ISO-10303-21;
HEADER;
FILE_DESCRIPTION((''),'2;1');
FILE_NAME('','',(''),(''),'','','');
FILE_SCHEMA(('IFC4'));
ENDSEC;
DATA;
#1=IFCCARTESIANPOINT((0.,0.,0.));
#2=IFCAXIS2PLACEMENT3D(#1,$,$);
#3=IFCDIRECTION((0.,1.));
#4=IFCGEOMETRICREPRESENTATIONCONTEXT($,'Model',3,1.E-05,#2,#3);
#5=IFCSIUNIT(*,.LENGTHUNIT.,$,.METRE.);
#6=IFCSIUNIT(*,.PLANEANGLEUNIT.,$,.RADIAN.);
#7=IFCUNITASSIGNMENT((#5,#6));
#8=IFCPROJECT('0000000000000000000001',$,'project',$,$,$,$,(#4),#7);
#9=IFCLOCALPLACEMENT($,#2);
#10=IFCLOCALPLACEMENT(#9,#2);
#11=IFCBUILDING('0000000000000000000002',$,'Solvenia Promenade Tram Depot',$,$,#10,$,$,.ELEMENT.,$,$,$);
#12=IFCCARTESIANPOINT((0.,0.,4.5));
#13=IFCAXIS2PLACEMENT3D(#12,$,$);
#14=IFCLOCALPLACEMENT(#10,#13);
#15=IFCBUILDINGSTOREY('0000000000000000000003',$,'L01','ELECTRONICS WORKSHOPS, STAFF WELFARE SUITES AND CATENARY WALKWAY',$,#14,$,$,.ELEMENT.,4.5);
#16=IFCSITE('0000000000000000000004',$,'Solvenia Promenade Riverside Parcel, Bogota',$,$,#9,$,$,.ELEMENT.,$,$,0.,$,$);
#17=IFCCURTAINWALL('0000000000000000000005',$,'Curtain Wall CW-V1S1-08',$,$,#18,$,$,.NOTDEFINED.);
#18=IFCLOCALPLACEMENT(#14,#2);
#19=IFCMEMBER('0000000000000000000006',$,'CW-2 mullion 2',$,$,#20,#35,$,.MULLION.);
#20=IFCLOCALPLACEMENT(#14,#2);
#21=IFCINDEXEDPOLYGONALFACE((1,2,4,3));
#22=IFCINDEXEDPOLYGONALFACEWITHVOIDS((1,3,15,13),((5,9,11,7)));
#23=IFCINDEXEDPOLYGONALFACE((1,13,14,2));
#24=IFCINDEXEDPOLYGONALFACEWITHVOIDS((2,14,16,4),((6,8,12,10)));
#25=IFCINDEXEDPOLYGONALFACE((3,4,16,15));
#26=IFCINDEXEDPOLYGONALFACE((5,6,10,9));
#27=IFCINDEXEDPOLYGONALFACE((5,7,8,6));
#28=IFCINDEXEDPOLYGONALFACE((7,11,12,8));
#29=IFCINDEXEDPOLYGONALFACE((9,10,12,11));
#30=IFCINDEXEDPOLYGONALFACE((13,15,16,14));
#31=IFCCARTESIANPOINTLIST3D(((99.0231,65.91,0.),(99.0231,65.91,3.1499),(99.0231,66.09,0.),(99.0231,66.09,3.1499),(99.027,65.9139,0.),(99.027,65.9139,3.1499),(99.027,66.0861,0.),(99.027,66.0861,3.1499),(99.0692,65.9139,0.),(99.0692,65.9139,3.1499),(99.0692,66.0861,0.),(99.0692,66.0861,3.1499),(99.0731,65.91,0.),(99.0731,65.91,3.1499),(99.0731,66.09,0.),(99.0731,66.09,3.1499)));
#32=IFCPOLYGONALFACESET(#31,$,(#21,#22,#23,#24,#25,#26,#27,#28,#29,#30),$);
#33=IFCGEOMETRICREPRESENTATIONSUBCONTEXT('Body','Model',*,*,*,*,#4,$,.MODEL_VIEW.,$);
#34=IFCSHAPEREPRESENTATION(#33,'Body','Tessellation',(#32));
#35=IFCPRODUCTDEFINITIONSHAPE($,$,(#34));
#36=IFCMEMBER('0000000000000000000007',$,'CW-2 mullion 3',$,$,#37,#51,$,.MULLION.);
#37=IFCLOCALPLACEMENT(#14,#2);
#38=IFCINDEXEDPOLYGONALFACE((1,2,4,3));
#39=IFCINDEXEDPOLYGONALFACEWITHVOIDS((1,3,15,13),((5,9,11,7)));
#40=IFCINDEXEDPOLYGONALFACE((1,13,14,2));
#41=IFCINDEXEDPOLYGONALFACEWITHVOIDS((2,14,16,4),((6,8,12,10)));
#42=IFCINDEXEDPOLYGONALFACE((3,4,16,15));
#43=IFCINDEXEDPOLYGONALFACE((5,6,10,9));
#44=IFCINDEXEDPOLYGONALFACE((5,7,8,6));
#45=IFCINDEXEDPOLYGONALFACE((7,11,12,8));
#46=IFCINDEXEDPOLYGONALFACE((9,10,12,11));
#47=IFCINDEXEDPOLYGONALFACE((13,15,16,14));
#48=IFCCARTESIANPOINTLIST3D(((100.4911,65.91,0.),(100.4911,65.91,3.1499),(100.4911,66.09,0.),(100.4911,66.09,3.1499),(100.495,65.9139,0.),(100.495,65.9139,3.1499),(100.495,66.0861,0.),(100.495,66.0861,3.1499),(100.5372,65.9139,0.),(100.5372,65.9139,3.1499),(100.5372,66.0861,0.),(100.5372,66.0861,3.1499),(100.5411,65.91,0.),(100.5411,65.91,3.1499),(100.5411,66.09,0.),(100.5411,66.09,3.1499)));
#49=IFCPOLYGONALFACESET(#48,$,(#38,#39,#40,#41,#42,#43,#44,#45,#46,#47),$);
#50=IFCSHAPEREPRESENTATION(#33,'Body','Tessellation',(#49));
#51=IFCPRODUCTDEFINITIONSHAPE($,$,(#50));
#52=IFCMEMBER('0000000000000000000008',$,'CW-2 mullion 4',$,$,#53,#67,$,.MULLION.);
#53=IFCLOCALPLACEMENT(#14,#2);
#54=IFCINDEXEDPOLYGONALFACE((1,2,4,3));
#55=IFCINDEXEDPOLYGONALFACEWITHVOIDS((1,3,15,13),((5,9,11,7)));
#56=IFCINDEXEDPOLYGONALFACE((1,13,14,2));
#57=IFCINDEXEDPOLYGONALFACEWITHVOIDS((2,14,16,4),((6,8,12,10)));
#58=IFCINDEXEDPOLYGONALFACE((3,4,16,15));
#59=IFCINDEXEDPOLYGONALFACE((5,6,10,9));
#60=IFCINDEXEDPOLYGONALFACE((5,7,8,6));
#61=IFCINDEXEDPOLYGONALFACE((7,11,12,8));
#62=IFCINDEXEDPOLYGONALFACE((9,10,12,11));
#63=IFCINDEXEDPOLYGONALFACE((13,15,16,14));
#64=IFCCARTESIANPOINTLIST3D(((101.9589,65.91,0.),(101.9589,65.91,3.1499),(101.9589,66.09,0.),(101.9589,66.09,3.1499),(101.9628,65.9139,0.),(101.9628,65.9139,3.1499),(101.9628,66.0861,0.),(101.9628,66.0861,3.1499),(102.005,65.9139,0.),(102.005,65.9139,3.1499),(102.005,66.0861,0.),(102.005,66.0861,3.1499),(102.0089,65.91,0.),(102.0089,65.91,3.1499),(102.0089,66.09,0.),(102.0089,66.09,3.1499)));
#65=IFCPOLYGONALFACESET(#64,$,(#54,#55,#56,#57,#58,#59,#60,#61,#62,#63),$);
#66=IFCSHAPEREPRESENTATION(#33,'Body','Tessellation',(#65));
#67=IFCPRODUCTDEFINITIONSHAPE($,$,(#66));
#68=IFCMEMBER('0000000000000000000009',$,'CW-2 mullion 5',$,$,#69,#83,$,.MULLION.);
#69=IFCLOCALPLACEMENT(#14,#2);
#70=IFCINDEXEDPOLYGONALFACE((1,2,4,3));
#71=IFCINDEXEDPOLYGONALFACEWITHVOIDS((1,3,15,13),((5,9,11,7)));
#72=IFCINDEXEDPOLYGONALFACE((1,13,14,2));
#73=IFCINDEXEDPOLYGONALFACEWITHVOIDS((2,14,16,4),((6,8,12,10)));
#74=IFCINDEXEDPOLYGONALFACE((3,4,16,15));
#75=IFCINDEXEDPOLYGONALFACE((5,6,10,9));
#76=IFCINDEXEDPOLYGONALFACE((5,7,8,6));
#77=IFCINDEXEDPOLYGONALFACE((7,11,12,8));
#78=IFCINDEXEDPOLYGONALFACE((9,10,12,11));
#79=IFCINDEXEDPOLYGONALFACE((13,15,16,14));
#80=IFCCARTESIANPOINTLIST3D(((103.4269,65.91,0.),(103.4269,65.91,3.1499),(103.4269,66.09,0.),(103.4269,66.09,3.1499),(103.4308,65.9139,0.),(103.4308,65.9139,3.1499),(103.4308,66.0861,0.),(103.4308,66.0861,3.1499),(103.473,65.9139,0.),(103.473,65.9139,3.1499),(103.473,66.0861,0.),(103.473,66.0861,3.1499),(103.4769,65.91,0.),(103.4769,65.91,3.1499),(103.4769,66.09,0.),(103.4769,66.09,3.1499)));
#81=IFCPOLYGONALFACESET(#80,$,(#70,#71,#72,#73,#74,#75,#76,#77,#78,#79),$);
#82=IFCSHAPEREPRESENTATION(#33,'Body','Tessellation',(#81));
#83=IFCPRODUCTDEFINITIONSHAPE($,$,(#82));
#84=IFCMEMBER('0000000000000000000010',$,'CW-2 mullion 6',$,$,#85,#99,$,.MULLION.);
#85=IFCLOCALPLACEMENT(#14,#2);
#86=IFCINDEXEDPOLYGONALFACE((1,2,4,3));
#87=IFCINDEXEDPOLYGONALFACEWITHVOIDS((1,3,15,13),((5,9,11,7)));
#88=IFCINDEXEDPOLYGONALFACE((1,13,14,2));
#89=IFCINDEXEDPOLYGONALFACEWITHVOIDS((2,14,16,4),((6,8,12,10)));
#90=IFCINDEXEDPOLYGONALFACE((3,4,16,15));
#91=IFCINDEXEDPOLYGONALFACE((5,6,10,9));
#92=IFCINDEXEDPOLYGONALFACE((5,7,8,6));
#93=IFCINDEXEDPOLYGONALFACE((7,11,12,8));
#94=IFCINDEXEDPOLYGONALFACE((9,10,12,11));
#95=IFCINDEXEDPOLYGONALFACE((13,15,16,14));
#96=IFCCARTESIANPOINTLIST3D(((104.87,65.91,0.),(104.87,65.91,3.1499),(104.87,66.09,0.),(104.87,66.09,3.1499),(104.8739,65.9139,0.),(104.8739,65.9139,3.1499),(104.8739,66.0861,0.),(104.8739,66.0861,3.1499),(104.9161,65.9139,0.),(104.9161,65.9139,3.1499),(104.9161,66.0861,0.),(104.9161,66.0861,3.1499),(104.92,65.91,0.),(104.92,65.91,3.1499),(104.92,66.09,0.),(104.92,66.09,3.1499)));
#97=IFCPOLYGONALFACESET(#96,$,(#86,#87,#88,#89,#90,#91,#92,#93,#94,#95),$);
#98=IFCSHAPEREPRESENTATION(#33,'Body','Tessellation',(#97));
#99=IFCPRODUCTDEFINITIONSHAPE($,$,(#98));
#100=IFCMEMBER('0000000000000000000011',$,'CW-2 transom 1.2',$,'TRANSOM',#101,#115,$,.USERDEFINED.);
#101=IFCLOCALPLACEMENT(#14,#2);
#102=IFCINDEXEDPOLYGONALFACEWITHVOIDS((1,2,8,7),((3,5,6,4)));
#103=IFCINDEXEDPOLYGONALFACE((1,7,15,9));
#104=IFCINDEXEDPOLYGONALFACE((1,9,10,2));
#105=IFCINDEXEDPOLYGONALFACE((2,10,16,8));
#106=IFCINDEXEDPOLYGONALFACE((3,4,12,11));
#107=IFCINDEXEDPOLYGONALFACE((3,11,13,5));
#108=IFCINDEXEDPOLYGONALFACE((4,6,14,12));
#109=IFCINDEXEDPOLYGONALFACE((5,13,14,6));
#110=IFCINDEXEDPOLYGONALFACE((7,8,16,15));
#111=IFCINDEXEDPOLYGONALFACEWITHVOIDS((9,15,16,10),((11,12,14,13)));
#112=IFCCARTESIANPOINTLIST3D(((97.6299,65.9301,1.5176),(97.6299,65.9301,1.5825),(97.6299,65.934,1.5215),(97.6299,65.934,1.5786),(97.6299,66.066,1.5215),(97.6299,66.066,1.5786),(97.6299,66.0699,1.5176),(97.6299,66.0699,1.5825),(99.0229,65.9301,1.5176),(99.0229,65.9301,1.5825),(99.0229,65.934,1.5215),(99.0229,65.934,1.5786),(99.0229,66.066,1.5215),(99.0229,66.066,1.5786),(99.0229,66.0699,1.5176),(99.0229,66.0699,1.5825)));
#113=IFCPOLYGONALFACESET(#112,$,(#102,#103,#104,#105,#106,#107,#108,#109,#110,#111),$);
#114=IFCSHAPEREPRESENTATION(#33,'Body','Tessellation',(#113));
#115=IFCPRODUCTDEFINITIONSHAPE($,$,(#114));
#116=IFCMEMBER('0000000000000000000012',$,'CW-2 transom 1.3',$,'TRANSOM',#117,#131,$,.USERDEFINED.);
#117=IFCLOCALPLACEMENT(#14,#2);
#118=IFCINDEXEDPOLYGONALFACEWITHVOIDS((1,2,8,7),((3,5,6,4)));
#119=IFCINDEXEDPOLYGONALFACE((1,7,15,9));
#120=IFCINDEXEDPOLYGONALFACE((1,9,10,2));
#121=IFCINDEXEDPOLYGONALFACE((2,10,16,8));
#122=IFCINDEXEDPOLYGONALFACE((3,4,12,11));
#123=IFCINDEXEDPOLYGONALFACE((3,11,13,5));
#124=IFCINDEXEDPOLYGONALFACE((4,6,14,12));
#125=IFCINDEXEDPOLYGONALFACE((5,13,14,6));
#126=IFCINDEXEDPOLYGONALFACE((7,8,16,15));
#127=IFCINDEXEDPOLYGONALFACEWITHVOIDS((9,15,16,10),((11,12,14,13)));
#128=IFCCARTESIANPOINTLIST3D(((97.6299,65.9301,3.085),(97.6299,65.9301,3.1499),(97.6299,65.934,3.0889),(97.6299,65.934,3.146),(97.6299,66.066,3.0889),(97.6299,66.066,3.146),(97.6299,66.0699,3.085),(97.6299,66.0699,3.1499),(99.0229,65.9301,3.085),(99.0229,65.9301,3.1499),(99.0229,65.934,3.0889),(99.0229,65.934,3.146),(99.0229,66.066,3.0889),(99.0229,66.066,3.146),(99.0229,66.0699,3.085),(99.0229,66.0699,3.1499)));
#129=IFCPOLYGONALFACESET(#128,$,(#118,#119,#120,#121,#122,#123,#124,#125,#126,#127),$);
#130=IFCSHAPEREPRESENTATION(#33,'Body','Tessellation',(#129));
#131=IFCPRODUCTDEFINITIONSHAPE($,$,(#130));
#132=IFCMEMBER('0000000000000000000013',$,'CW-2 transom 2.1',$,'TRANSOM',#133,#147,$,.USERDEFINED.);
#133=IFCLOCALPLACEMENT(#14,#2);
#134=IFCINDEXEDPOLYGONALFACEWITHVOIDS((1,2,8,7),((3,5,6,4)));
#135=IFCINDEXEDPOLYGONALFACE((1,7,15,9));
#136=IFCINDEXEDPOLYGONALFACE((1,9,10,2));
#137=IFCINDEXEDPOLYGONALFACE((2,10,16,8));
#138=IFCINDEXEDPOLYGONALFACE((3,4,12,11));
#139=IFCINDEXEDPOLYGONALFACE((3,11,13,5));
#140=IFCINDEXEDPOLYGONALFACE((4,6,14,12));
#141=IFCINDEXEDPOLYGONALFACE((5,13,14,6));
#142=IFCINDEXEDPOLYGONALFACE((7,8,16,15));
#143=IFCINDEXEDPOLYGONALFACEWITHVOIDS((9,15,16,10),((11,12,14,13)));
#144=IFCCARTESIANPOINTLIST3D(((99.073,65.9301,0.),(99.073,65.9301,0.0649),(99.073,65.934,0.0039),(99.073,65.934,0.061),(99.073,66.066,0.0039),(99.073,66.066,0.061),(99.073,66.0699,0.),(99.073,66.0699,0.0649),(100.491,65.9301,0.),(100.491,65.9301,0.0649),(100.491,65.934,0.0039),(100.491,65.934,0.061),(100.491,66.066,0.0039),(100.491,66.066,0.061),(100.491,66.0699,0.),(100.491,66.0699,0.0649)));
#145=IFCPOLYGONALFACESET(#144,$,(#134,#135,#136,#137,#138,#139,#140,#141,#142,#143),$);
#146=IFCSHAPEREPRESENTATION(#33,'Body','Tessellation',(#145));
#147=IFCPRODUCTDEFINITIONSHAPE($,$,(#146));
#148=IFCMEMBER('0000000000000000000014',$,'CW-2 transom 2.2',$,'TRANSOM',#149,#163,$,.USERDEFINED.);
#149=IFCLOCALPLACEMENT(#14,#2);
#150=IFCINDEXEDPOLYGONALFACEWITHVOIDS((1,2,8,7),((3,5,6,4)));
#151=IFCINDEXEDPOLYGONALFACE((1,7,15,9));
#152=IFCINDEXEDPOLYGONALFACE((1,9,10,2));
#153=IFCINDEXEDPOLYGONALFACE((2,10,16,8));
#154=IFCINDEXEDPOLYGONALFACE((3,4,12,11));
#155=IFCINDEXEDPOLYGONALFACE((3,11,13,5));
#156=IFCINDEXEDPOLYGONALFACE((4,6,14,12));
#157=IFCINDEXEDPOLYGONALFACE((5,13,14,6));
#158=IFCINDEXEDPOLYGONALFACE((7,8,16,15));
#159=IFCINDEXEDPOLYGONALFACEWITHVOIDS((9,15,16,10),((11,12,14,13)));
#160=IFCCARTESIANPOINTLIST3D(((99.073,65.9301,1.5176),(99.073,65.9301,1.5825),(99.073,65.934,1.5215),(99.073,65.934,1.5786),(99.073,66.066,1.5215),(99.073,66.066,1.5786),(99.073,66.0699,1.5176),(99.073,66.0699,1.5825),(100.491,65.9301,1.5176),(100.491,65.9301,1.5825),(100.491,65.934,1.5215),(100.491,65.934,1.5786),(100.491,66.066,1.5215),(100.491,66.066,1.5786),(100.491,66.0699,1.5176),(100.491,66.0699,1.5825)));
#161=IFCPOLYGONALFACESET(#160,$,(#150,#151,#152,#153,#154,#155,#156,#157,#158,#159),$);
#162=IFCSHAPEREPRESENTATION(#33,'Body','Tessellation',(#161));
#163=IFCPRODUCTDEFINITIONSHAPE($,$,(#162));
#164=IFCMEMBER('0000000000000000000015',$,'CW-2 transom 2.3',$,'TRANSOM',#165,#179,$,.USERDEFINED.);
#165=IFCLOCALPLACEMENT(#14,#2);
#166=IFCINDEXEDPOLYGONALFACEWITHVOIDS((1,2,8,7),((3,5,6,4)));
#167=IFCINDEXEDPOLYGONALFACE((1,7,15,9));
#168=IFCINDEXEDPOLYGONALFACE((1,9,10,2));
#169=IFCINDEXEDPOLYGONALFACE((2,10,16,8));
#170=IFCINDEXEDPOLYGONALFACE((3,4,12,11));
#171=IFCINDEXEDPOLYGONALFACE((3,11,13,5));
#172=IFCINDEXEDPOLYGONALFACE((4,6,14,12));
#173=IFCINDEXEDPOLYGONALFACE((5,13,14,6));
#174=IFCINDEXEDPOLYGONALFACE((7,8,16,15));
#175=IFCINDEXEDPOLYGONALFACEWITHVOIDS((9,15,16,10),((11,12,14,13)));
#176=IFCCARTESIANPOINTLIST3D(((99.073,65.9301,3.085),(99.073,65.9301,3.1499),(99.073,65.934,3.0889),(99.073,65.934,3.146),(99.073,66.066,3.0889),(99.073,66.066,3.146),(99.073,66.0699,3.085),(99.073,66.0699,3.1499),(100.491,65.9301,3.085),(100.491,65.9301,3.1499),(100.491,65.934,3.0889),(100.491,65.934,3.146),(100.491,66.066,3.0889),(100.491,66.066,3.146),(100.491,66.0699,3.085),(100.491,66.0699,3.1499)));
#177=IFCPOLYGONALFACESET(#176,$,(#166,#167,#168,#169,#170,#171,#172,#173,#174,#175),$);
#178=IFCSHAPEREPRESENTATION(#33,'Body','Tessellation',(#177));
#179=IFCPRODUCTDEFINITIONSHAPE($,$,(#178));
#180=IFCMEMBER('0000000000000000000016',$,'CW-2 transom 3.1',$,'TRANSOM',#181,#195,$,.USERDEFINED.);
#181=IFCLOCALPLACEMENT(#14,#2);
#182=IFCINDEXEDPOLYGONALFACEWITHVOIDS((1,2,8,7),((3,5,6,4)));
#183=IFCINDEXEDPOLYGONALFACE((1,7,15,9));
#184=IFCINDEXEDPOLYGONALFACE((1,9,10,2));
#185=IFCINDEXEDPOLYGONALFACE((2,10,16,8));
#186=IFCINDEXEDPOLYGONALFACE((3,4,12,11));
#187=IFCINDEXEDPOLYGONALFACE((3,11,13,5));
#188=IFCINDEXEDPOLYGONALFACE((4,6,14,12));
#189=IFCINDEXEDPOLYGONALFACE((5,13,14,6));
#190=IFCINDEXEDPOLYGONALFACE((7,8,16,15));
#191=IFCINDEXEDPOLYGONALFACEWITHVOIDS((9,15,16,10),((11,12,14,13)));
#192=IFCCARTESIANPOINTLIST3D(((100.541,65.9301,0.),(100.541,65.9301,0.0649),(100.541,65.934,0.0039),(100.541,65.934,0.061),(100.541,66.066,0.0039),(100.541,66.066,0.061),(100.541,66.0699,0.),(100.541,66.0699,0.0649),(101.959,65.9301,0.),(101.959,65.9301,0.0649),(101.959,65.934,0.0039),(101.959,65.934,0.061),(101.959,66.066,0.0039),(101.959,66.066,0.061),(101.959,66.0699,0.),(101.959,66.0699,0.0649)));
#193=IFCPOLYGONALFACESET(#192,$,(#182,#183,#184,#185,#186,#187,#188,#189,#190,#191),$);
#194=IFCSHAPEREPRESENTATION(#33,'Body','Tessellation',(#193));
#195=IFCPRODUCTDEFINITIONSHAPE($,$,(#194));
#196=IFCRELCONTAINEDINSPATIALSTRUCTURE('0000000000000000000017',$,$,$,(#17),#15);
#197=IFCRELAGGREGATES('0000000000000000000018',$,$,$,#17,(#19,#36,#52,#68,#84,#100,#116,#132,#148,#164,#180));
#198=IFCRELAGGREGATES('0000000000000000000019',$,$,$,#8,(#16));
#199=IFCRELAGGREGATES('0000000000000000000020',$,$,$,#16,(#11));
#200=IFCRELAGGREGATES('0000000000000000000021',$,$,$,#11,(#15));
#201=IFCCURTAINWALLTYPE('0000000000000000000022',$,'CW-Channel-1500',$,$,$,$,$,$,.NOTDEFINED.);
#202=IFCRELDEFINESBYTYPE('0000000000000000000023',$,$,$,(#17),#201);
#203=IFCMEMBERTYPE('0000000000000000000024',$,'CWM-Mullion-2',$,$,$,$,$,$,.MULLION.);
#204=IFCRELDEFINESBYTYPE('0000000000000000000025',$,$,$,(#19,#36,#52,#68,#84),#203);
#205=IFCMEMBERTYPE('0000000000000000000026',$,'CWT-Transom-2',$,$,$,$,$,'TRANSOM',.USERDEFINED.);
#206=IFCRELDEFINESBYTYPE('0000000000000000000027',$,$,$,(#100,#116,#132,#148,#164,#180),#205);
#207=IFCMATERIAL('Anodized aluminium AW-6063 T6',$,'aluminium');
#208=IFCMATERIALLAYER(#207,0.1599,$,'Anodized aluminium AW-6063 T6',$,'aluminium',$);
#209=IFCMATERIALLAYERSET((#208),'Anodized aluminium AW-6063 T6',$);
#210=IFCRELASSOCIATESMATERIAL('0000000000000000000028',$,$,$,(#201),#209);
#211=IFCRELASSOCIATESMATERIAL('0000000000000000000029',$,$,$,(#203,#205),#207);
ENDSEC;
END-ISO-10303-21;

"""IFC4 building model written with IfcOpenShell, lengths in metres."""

from ifc_helpers import new_model, si_unit, direction, frame, origin, origin_2d, place, context, subcontext, project, spatial, hollow_rectangle, extrude, material, layer, layer_set, material_profile, profile_set, type_object, element, aggregate, save


model = new_model("IFC4")

# Units and contexts
model_context = context("Model", 3, precision=1e-05, world=origin(), true_north=direction((0.0, 1.0)))
body_context = subcontext(model_context, "Body", "Model", "MODEL_VIEW")
ifc_project = project(units=[si_unit("LENGTHUNIT", "METRE"), si_unit("PLANEANGLEUNIT", "RADIAN")], contexts=[model_context])

# Site, building, storey
site_placement = place(None, origin())
site = spatial("IfcSite", under=ifc_project, at=site_placement, Name="Solvenia Promenade Riverside Parcel, Bogota", CompositionType="ELEMENT", RefElevation=0.0)
building_placement = place(site_placement, origin())
building = spatial("IfcBuilding", under=site, at=building_placement, Name="Solvenia Promenade Tram Depot", CompositionType="ELEMENT")
storey_placement = place(building_placement, frame((0.0, 0.0, 4.5)))
storey = spatial("IfcBuildingStorey", under=building, at=storey_placement, Name="L01", Description="ELECTRONICS WORKSHOPS, STAFF WELFARE SUITES AND CATENARY WALKWAY", CompositionType="ELEMENT", Elevation=4.5)

# Curtain wall, members
ifc_material_1 = material(Name="Anodized aluminium AW-6063 T6", Category="aluminium")
ifc_layer_1 = layer(ifc_material_1, 0.1599, Name="Anodized aluminium AW-6063 T6", Category="aluminium")
ifc_layer_set_1 = layer_set([ifc_layer_1], Name="Anodized aluminium AW-6063 T6")
curtain_wall_type = type_object("IfcCurtainWallType", Name="CW-Channel-1500", PredefinedType="NOTDEFINED", material=ifc_layer_set_1)
curtain_wall_placement = place(storey_placement, origin())
curtain_wall = element("IfcCurtainWall", 1, at=curtain_wall_placement, inside=storey, type_object=curtain_wall_type, Name="Curtain Wall CW-V1S1-08", PredefinedType="NOTDEFINED")
ifc_material_profile_1 = material_profile(ifc_material_1, hollow_rectangle(XDim=0.1799, YDim=0.05, WallThickness=0.0039, at=origin_2d()), Name="ALU-M2", Category="aluminium")
ifc_profile_set_1 = profile_set([ifc_material_profile_1], Name="Anodized aluminium AW-6063 T6")
member_type_1 = type_object("IfcMemberType", Name="CWM-Mullion-2", PredefinedType="MULLION", material=ifc_profile_set_1)
member_1_placement = place(storey_placement, frame((99.0481, 66.0, 0.0), z_axis=(0.0, 0.0, 1.0), x_axis=(0.0, 1.0, 0.0)))
member_1 = element("IfcMember", 2, at=member_1_placement, type_object=member_type_1, Name="CW-2 mullion 2", PredefinedType="MULLION", context=body_context, shape_type="SweptSolid", body=[
    extrude(hollow_rectangle(XDim=0.1799, YDim=0.05, WallThickness=0.0039, at=origin_2d()), origin(), (0.0, 0.0, 1.0), 3.1499),
])
member_2_placement = place(storey_placement, frame((100.5161, 66.0, 0.0), z_axis=(0.0, 0.0, 1.0), x_axis=(0.0, 1.0, 0.0)))
member_2 = element("IfcMember", 3, at=member_2_placement, type_object=member_type_1, Name="CW-2 mullion 3", PredefinedType="MULLION", context=body_context, shape_type="SweptSolid", body=[
    extrude(hollow_rectangle(XDim=0.1799, YDim=0.05, WallThickness=0.0039, at=origin_2d()), origin(), (0.0, 0.0, 1.0), 3.1499),
])
member_3_placement = place(storey_placement, frame((101.9839, 66.0, 0.0), z_axis=(0.0, 0.0, 1.0), x_axis=(0.0, 1.0, 0.0)))
member_3 = element("IfcMember", 4, at=member_3_placement, type_object=member_type_1, Name="CW-2 mullion 4", PredefinedType="MULLION", context=body_context, shape_type="SweptSolid", body=[
    extrude(hollow_rectangle(XDim=0.1799, YDim=0.05, WallThickness=0.0039, at=origin_2d()), origin(), (0.0, 0.0, 1.0), 3.1499),
])
member_4_placement = place(storey_placement, frame((103.4519, 66.0, 0.0), z_axis=(0.0, 0.0, 1.0), x_axis=(0.0, 1.0, 0.0)))
member_4 = element("IfcMember", 5, at=member_4_placement, type_object=member_type_1, Name="CW-2 mullion 5", PredefinedType="MULLION", context=body_context, shape_type="SweptSolid", body=[
    extrude(hollow_rectangle(XDim=0.1799, YDim=0.05, WallThickness=0.0039, at=origin_2d()), origin(), (0.0, 0.0, 1.0), 3.1499),
])
member_5_placement = place(storey_placement, frame((104.895, 66.0, 0.0), z_axis=(0.0, 0.0, 1.0), x_axis=(0.0, 1.0, 0.0)))
member_5 = element("IfcMember", 6, at=member_5_placement, type_object=member_type_1, Name="CW-2 mullion 6", PredefinedType="MULLION", context=body_context, shape_type="SweptSolid", body=[
    extrude(hollow_rectangle(XDim=0.1799, YDim=0.05, WallThickness=0.0039, at=origin_2d()), origin(), (0.0, 0.0, 1.0), 3.1499),
])
ifc_material_profile_2 = material_profile(ifc_material_1, hollow_rectangle(XDim=0.1399, YDim=0.0649, WallThickness=0.0039, at=origin_2d()), Name="ALU-T2", Category="aluminium")
ifc_profile_set_2 = profile_set([ifc_material_profile_2], Name="Anodized aluminium AW-6063 T6")
member_type_2 = type_object("IfcMemberType", Name="CWT-Transom-2", ElementType="TRANSOM", PredefinedType="USERDEFINED", material=ifc_profile_set_2)
member_6_placement = place(storey_placement, frame((97.6299, 66.0, 1.55), z_axis=(1.0, 0.0, 0.0), x_axis=(0.0, 1.0, 0.0)))
member_6 = element("IfcMember", 7, at=member_6_placement, type_object=member_type_2, Name="CW-2 transom 1.2", ObjectType="TRANSOM", PredefinedType="USERDEFINED", context=body_context, shape_type="SweptSolid", body=[
    extrude(hollow_rectangle(XDim=0.1399, YDim=0.0649, WallThickness=0.0039, at=origin_2d()), origin(), (0.0, 0.0, 1.0), 1.3931),
])
member_7_placement = place(storey_placement, frame((97.6299, 66.0, 3.1174), z_axis=(1.0, 0.0, 0.0), x_axis=(0.0, 1.0, 0.0)))
member_7 = element("IfcMember", 8, at=member_7_placement, type_object=member_type_2, Name="CW-2 transom 1.3", ObjectType="TRANSOM", PredefinedType="USERDEFINED", context=body_context, shape_type="SweptSolid", body=[
    extrude(hollow_rectangle(XDim=0.1399, YDim=0.0649, WallThickness=0.0039, at=origin_2d()), origin(), (0.0, 0.0, 1.0), 1.3931),
])
member_8_placement = place(storey_placement, frame((99.073, 66.0, 0.0325), z_axis=(1.0, 0.0, 0.0), x_axis=(0.0, 1.0, 0.0)))
member_8 = element("IfcMember", 9, at=member_8_placement, type_object=member_type_2, Name="CW-2 transom 2.1", ObjectType="TRANSOM", PredefinedType="USERDEFINED", context=body_context, shape_type="SweptSolid", body=[
    extrude(hollow_rectangle(XDim=0.1399, YDim=0.0649, WallThickness=0.0039, at=origin_2d()), origin(), (0.0, 0.0, 1.0), 1.418),
])
member_9_placement = place(storey_placement, frame((99.073, 66.0, 1.55), z_axis=(1.0, 0.0, 0.0), x_axis=(0.0, 1.0, 0.0)))
member_9 = element("IfcMember", 10, at=member_9_placement, type_object=member_type_2, Name="CW-2 transom 2.2", ObjectType="TRANSOM", PredefinedType="USERDEFINED", context=body_context, shape_type="SweptSolid", body=[
    extrude(hollow_rectangle(XDim=0.1399, YDim=0.0649, WallThickness=0.0039, at=origin_2d()), origin(), (0.0, 0.0, 1.0), 1.418),
])
member_10_placement = place(storey_placement, frame((99.073, 66.0, 3.1174), z_axis=(1.0, 0.0, 0.0), x_axis=(0.0, 1.0, 0.0)))
member_10 = element("IfcMember", 11, at=member_10_placement, type_object=member_type_2, Name="CW-2 transom 2.3", ObjectType="TRANSOM", PredefinedType="USERDEFINED", context=body_context, shape_type="SweptSolid", body=[
    extrude(hollow_rectangle(XDim=0.1399, YDim=0.0649, WallThickness=0.0039, at=origin_2d()), origin(), (0.0, 0.0, 1.0), 1.418),
])
member_11_placement = place(storey_placement, frame((100.541, 66.0, 0.0325), z_axis=(1.0, 0.0, 0.0), x_axis=(0.0, 1.0, 0.0)))
member_11 = element("IfcMember", 12, at=member_11_placement, type_object=member_type_2, Name="CW-2 transom 3.1", ObjectType="TRANSOM", PredefinedType="USERDEFINED", context=body_context, shape_type="SweptSolid", body=[
    extrude(hollow_rectangle(XDim=0.1399, YDim=0.0649, WallThickness=0.0039, at=origin_2d()), origin(), (0.0, 0.0, 1.0), 1.418),
])
aggregate(curtain_wall, [member_1, member_2, member_3, member_4, member_5, member_6, member_7, member_8, member_9, member_10, member_11])

save(model, "model.ifc")
